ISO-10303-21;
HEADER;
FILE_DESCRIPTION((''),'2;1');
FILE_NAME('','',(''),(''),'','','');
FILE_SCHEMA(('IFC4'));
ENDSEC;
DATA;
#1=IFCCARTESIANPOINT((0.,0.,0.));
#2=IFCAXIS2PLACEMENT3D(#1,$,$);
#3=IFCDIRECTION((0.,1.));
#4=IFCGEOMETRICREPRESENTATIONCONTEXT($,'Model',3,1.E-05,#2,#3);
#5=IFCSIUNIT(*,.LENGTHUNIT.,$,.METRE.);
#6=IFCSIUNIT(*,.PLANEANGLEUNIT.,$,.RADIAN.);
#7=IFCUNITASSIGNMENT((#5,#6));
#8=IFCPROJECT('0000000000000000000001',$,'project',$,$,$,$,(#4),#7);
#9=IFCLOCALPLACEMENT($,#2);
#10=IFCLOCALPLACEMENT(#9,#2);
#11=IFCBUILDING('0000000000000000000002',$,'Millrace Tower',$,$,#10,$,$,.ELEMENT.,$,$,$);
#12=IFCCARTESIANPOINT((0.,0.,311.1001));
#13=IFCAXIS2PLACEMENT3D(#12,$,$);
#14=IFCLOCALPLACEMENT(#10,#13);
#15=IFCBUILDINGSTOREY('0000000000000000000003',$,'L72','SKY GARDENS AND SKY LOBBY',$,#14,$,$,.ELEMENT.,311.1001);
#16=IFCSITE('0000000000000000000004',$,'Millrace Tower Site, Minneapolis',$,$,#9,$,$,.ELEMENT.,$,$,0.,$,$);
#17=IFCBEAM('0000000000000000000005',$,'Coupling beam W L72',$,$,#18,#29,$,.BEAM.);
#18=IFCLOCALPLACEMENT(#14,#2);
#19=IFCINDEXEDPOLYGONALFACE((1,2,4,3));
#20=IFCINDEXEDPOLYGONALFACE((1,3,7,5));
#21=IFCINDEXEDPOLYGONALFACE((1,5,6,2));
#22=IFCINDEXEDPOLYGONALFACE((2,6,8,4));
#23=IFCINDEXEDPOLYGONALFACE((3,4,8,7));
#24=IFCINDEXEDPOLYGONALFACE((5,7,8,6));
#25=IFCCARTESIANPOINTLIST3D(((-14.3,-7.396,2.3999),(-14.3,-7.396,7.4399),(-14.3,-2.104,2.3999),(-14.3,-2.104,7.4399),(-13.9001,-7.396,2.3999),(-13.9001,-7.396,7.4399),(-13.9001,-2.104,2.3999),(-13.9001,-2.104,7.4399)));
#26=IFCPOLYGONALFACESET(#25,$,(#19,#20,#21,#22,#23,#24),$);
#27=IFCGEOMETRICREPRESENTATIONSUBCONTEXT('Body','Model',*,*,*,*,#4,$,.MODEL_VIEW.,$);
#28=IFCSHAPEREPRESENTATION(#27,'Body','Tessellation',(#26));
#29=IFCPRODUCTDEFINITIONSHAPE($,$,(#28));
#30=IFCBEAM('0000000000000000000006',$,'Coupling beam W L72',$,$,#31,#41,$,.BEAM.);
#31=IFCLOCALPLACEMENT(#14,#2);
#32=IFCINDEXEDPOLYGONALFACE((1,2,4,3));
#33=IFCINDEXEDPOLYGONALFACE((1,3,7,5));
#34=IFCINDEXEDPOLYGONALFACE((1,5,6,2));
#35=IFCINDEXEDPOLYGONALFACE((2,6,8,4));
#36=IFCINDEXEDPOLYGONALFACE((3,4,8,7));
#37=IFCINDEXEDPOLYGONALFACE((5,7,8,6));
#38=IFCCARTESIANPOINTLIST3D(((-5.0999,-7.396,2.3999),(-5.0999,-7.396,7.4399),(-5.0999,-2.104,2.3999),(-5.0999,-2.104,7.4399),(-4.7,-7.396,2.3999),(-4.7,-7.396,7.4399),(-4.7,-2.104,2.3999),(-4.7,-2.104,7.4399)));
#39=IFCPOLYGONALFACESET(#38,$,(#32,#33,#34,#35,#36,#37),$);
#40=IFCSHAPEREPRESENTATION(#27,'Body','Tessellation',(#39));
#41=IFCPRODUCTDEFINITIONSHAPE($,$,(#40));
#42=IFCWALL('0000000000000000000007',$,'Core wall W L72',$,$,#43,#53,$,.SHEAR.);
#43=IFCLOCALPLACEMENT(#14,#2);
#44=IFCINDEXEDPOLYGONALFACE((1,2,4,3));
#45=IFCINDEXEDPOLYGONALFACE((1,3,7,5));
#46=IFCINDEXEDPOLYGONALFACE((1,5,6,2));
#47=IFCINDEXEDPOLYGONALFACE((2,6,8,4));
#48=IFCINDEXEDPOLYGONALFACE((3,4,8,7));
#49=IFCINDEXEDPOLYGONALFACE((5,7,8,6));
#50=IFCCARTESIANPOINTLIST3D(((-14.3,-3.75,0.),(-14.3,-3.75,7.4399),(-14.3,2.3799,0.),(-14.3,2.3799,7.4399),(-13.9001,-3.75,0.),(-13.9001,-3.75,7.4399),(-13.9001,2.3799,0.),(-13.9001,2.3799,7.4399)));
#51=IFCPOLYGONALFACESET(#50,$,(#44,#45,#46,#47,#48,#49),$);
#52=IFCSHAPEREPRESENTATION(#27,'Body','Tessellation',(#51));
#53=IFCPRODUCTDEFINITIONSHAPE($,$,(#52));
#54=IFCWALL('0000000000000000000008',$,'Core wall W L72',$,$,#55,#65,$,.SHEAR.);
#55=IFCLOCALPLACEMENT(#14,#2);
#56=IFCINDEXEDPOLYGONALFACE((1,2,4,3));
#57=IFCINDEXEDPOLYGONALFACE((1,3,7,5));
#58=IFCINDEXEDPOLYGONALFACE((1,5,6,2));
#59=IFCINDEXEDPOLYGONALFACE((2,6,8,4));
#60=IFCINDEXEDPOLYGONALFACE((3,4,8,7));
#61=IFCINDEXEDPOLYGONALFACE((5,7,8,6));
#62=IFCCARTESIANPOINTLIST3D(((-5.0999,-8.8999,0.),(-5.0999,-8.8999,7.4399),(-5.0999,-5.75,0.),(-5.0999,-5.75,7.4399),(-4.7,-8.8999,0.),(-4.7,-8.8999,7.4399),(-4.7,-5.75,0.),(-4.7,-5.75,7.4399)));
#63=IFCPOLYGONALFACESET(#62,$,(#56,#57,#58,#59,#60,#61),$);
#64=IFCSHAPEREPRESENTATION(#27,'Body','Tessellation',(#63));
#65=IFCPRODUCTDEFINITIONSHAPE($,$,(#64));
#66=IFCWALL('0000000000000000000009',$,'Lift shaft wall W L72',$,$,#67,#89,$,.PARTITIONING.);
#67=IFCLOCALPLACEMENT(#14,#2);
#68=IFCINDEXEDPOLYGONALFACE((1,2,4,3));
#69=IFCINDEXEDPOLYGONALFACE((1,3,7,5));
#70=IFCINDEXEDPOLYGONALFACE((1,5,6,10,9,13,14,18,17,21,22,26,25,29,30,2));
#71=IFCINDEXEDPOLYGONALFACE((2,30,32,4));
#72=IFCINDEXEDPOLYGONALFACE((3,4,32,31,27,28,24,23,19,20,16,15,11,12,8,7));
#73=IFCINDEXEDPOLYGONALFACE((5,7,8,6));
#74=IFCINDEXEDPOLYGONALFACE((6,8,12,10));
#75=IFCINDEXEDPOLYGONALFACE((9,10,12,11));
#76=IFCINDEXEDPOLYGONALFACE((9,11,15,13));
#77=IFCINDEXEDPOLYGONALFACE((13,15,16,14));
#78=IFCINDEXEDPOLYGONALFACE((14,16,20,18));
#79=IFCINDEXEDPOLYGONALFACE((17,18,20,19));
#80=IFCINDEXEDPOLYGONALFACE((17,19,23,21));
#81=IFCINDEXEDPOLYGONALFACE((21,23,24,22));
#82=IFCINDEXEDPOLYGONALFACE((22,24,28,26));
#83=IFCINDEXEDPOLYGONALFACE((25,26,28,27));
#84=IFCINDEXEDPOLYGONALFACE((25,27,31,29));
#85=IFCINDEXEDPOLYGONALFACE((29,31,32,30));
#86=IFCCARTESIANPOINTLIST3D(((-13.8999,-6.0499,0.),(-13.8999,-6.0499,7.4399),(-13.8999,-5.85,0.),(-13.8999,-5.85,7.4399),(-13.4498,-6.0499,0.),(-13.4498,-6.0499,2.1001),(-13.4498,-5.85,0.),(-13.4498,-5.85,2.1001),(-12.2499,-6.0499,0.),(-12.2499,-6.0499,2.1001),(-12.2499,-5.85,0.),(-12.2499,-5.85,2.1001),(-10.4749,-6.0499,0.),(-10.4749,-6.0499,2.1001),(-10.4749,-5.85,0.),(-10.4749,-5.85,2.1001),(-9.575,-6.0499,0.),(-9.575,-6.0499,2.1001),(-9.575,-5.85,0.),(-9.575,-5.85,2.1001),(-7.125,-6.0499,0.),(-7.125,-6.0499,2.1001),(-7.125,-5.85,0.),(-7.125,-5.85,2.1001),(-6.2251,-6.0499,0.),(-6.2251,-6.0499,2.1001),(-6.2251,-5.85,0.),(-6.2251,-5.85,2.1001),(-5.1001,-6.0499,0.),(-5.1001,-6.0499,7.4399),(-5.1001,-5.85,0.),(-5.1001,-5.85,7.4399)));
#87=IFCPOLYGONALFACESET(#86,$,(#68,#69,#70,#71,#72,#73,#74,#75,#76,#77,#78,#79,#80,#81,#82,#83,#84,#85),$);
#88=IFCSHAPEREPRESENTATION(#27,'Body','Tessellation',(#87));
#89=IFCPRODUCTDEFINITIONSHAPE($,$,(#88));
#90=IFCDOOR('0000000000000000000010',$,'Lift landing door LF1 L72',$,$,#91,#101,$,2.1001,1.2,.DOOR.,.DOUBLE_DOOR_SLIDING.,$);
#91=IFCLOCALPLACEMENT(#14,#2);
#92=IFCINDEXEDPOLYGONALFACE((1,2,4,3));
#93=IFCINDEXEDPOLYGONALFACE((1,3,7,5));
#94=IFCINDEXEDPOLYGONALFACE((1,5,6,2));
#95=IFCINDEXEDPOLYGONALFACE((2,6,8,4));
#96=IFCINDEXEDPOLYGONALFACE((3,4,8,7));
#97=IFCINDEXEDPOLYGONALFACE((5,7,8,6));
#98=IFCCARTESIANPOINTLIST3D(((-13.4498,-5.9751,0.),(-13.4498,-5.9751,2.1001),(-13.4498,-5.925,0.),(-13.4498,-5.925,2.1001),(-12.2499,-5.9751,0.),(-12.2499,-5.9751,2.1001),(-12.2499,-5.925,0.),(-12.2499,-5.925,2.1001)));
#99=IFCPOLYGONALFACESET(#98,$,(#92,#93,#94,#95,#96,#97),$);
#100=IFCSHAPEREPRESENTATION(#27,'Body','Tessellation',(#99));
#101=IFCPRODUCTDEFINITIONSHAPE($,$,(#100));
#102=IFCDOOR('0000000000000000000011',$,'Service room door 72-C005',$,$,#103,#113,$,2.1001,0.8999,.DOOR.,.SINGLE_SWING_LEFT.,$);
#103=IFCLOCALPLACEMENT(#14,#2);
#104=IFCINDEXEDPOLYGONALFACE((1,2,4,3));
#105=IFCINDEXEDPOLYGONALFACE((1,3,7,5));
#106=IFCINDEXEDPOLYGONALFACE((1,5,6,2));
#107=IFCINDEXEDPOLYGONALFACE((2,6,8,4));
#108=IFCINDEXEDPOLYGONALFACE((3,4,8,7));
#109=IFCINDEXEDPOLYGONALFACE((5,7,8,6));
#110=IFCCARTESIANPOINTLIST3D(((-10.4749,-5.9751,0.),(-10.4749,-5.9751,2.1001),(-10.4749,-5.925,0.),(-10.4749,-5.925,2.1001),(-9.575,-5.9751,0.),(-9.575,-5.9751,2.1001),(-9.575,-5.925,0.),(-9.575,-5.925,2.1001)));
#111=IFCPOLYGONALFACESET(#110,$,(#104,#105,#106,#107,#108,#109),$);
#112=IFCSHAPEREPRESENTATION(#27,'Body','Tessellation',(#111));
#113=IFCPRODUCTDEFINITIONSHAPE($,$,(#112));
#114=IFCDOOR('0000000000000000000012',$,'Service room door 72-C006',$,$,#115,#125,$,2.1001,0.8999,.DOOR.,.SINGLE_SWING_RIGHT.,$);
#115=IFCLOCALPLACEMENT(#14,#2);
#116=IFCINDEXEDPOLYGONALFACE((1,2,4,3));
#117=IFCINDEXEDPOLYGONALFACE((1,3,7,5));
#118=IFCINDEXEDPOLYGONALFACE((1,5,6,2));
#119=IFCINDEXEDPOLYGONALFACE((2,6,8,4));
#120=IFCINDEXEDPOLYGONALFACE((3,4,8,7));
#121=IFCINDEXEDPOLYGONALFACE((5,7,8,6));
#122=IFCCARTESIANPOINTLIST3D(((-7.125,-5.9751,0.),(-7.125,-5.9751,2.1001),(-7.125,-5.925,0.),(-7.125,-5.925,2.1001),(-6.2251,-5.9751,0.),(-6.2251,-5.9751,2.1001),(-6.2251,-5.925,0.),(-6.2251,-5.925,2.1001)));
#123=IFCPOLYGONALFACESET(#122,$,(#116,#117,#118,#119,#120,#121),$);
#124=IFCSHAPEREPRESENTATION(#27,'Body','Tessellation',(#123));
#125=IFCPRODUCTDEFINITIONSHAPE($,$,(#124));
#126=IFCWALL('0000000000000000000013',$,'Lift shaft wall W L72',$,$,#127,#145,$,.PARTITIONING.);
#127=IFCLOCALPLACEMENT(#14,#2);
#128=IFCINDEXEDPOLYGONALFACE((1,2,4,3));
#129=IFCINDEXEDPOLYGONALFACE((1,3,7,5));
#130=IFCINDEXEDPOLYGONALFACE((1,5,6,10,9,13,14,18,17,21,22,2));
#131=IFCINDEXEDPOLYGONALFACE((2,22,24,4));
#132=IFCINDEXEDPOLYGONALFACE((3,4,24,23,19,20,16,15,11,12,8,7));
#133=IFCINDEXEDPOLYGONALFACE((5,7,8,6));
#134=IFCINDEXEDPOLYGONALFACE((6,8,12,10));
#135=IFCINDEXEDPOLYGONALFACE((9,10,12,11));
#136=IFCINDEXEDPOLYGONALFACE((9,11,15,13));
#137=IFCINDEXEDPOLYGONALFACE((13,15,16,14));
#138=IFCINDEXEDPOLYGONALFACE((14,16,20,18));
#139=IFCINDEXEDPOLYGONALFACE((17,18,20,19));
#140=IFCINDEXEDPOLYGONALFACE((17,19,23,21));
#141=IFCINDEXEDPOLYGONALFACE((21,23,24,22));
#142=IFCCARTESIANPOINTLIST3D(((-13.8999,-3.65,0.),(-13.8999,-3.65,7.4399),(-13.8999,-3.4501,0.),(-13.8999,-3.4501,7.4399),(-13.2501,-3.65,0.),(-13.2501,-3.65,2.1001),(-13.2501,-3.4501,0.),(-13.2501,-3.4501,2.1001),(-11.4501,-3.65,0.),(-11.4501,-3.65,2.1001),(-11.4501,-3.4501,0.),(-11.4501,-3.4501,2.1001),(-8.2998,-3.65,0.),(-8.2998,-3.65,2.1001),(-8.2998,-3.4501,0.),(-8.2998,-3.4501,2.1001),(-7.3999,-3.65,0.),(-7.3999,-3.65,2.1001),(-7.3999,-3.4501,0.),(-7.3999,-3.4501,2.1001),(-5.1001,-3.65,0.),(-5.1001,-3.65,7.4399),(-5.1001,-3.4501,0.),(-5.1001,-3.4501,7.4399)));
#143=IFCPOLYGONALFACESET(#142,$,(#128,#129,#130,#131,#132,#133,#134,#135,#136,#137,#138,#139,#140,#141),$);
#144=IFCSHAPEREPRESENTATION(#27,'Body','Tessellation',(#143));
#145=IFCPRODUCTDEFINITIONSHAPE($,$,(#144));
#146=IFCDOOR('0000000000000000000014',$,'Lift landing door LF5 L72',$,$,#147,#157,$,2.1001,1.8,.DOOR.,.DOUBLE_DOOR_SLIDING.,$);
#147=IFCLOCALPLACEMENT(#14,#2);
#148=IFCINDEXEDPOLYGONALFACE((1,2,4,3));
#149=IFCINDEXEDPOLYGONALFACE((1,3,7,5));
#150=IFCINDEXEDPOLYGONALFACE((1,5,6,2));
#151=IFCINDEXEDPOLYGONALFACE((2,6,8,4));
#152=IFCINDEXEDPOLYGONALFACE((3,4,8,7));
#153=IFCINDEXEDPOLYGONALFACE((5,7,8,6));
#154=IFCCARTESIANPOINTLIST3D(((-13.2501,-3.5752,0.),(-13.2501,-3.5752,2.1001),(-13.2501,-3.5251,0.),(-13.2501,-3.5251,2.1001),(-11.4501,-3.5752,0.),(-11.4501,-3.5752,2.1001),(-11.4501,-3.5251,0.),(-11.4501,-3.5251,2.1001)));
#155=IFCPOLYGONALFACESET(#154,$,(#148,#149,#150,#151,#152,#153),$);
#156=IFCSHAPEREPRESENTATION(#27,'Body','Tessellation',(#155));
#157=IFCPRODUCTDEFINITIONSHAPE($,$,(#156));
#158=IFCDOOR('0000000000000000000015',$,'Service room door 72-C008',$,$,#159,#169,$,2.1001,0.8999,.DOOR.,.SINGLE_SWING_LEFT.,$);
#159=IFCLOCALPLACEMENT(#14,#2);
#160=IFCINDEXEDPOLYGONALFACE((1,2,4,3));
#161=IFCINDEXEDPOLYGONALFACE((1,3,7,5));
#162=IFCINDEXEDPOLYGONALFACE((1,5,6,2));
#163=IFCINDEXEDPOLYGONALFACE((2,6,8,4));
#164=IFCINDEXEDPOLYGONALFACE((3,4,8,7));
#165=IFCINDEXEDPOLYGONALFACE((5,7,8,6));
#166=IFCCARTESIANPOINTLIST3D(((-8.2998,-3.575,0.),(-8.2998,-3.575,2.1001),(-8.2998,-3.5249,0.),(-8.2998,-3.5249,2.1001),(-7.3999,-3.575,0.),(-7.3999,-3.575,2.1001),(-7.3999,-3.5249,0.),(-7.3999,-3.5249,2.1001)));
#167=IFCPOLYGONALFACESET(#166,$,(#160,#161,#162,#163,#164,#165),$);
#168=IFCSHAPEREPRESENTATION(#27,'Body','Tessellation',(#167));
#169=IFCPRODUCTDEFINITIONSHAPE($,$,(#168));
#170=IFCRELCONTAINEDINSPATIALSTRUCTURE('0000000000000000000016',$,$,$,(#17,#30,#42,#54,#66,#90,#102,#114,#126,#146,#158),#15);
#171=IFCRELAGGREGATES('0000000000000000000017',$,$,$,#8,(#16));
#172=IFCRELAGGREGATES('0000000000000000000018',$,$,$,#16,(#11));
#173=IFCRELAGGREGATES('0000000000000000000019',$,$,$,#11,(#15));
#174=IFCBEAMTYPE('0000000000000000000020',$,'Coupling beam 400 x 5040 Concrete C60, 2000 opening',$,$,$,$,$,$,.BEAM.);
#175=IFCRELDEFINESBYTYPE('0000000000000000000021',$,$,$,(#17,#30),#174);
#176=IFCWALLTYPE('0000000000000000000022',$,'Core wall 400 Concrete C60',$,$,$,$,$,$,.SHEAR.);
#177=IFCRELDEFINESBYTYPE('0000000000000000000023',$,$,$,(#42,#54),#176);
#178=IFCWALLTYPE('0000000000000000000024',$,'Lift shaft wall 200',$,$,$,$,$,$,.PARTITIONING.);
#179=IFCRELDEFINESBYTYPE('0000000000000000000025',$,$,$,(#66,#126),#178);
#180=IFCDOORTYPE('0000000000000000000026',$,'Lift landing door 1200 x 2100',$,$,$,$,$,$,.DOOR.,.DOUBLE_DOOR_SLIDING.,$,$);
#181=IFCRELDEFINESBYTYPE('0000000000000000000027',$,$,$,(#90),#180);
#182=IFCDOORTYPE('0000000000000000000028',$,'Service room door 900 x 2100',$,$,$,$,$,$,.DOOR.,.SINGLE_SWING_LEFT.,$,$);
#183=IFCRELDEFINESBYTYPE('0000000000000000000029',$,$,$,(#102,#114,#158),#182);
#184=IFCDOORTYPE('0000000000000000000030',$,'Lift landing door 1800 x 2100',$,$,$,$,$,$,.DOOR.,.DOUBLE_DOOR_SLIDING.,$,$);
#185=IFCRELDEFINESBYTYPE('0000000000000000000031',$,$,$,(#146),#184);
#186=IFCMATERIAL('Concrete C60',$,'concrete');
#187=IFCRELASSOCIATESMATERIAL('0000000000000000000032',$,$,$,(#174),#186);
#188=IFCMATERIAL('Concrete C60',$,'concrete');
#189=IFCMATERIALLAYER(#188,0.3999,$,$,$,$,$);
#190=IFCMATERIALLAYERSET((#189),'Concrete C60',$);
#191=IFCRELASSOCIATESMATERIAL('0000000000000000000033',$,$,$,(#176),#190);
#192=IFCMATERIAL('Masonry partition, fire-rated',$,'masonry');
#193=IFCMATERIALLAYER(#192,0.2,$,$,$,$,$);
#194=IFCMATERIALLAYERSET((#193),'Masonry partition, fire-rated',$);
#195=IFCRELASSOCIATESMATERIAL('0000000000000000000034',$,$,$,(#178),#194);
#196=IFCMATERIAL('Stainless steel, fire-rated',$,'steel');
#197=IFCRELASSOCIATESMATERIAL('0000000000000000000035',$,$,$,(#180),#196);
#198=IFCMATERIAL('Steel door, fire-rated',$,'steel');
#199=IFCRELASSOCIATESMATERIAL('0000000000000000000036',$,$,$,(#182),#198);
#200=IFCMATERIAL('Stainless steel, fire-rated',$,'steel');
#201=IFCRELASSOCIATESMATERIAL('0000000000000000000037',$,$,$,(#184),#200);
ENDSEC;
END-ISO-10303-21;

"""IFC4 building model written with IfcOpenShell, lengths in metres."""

from ifc_helpers import new_model, si_unit, direction, frame, frame_2d, origin, origin_2d, place, context, subcontext, project, spatial, rectangle, extrude, material, layer, layer_set, material_profile, profile_set, type_object, element, fill, save


model = new_model("IFC4")

# Units and contexts
model_context = context("Model", 3, precision=1e-05, world=origin(), true_north=direction((0.0, 1.0)))
body_context = subcontext(model_context, "Body", "Model", "MODEL_VIEW")
ifc_project = project(units=[si_unit("LENGTHUNIT", "METRE"), si_unit("PLANEANGLEUNIT", "RADIAN")], contexts=[model_context])

# Site, building, storey
site_placement = place(None, origin())
site = spatial("IfcSite", under=ifc_project, at=site_placement, Name="Millrace Tower Site, Minneapolis", CompositionType="ELEMENT", RefElevation=0.0)
building_placement = place(site_placement, origin())
building = spatial("IfcBuilding", under=site, at=building_placement, Name="Millrace Tower", CompositionType="ELEMENT")
storey_placement = place(building_placement, frame((0.0, 0.0, 311.1001)))
storey = spatial("IfcBuildingStorey", under=building, at=storey_placement, Name="L72", Description="SKY GARDENS AND SKY LOBBY", CompositionType="ELEMENT", Elevation=311.1001)

# Beams
ifc_material_1 = material(Name="Concrete C60", Category="concrete")
ifc_material_profile = material_profile(ifc_material_1, rectangle(XDim=0.3999, YDim=5.04, at=origin_2d()))
ifc_profile_set = profile_set([ifc_material_profile], Name="Concrete C60")
beam_type = type_object("IfcBeamType", Name="Coupling beam 400 x 5040 Concrete C60, 2000 opening", PredefinedType="BEAM", material=ifc_profile_set)
for number, where, z_axis, x_axis, name in (
    (1, (-14.1001, -7.396, 4.9199), (0.0, 1.0, 0.0), (-1.0, 0.0, 0.0), "Coupling beam W L72"),
    (2, (-4.8999, -7.396, 4.9199), (0.0, 1.0, 0.0), (-1.0, 0.0, 0.0), "Coupling beam W L72"),
):
    element("IfcBeam", number, at=place(storey_placement, frame(where, z_axis=z_axis, x_axis=x_axis)), inside=storey, type_object=beam_type, Name=name, PredefinedType="BEAM", context=body_context, shape_type="SweptSolid", body=[
        extrude(rectangle(XDim=0.3999, YDim=5.04, at=origin_2d()), origin(), (0.0, 0.0, 1.0), 5.292),
    ])

# Walls
ifc_material_2 = material(Name="Concrete C60", Category="concrete")
ifc_layer_1 = layer(ifc_material_2, 0.3999)
ifc_layer_set_1 = layer_set([ifc_layer_1], Name="Concrete C60")
wall_type_1 = type_object("IfcWallType", Name="Core wall 400 Concrete C60", PredefinedType="SHEAR", material=ifc_layer_set_1)
wall_1_placement = place(storey_placement, frame((-14.1001, -3.75, 0.0), z_axis=(0.0, 0.0, 1.0), x_axis=(0.0, 1.0, 0.0)))
element("IfcWall", 3, at=wall_1_placement, inside=storey, type_object=wall_type_1, Name="Core wall W L72", PredefinedType="SHEAR", context=body_context, shape_type="SweptSolid", body=[
    extrude(rectangle(XDim=6.1299, YDim=0.3999, at=frame_2d((3.0649, 0.0))), origin(), (0.0, 0.0, 1.0), 7.4399),
])
wall_2_placement = place(storey_placement, frame((-4.8999, -8.8999, 0.0), z_axis=(0.0, 0.0, 1.0), x_axis=(0.0, 1.0, 0.0)))
element("IfcWall", 4, at=wall_2_placement, inside=storey, type_object=wall_type_1, Name="Core wall W L72", PredefinedType="SHEAR", context=body_context, shape_type="SweptSolid", body=[
    extrude(rectangle(XDim=3.1499, YDim=0.3999, at=frame_2d((1.575, 0.0))), origin(), (0.0, 0.0, 1.0), 7.4399),
])

# Walls, openings, doors
ifc_material_3 = material(Name="Masonry partition, fire-rated", Category="masonry")
ifc_layer_2 = layer(ifc_material_3, 0.2)
ifc_layer_set_2 = layer_set([ifc_layer_2], Name="Masonry partition, fire-rated")
wall_type_2 = type_object("IfcWallType", Name="Lift shaft wall 200", PredefinedType="PARTITIONING", material=ifc_layer_set_2)
wall_3_placement = place(storey_placement, frame((-13.8999, -5.95, 0.0), z_axis=(0.0, 0.0, 1.0), x_axis=(1.0, 0.0, 0.0)))
wall_3 = element("IfcWall", 5, at=wall_3_placement, inside=storey, type_object=wall_type_2, Name="Lift shaft wall W L72", PredefinedType="PARTITIONING", context=body_context, shape_type="SweptSolid", body=[
    extrude(rectangle(XDim=8.7998, YDim=0.2, at=frame_2d((4.3999, 0.0))), origin(), (0.0, 0.0, 1.0), 7.4399),
])
opening_1_placement = place(wall_3_placement, frame((0.45, 0.0, 0.0)))
opening_1 = element("IfcOpeningElement", 6, at=opening_1_placement, cuts=wall_3, PredefinedType="OPENING", context=body_context, shape_type="SweptSolid", body=[
    extrude(rectangle(XDim=1.2, YDim=2.1001, at=frame_2d((0.6001, 1.05))), frame((0.0, 0.1099, 0.0), z_axis=(0.0, -1.0, 0.0), x_axis=(1.0, 0.0, 0.0)), (0.0, 0.0, 1.0), 0.22),
])
opening_2_placement = place(wall_3_placement, frame((3.425, 0.0, 0.0)))
opening_2 = element("IfcOpeningElement", 7, at=opening_2_placement, cuts=wall_3, PredefinedType="OPENING", context=body_context, shape_type="SweptSolid", body=[
    extrude(rectangle(XDim=0.8999, YDim=2.1001, at=frame_2d((0.45, 1.05))), frame((0.0, 0.1099, 0.0), z_axis=(0.0, -1.0, 0.0), x_axis=(1.0, 0.0, 0.0)), (0.0, 0.0, 1.0), 0.22),
])
opening_3_placement = place(wall_3_placement, frame((6.7749, 0.0, 0.0)))
opening_3 = element("IfcOpeningElement", 8, at=opening_3_placement, cuts=wall_3, PredefinedType="OPENING", context=body_context, shape_type="SweptSolid", body=[
    extrude(rectangle(XDim=0.8999, YDim=2.1001, at=frame_2d((0.45, 1.05))), frame((0.0, 0.1099, 0.0), z_axis=(0.0, -1.0, 0.0), x_axis=(1.0, 0.0, 0.0)), (0.0, 0.0, 1.0), 0.22),
])
ifc_material_4 = material(Name="Stainless steel, fire-rated", Category="steel")
door_type_1 = type_object("IfcDoorType", Name="Lift landing door 1200 x 2100", OperationType="DOUBLE_DOOR_SLIDING", PredefinedType="DOOR", material=ifc_material_4)
door_1_placement = place(opening_1_placement, origin())
door_1 = element("IfcDoor", 9, at=door_1_placement, inside=storey, type_object=door_type_1, Name="Lift landing door LF1 L72", OperationType="DOUBLE_DOOR_SLIDING", OverallHeight=2.1001, OverallWidth=1.2, PredefinedType="DOOR", context=body_context, shape_type="SweptSolid", body=[
    extrude(rectangle(XDim=1.2, YDim=2.1001, at=frame_2d((0.6001, 1.05))), frame((0.0, 0.0249, 0.0), z_axis=(0.0, -1.0, 0.0), x_axis=(1.0, 0.0, 0.0)), (0.0, 0.0, 1.0), 0.05),
])
fill(opening_1, door_1)
ifc_material_5 = material(Name="Steel door, fire-rated", Category="steel")
door_type_2 = type_object("IfcDoorType", Name="Service room door 900 x 2100", OperationType="SINGLE_SWING_LEFT", PredefinedType="DOOR", material=ifc_material_5)
door_2_placement = place(opening_2_placement, origin())
door_2 = element("IfcDoor", 10, at=door_2_placement, inside=storey, type_object=door_type_2, Name="Service room door 72-C005", OperationType="SINGLE_SWING_LEFT", OverallHeight=2.1001, OverallWidth=0.8999, PredefinedType="DOOR", context=body_context, shape_type="SweptSolid", body=[
    extrude(rectangle(XDim=0.8999, YDim=2.1001, at=frame_2d((0.45, 1.05))), frame((0.0, 0.0249, 0.0), z_axis=(0.0, -1.0, 0.0), x_axis=(1.0, 0.0, 0.0)), (0.0, 0.0, 1.0), 0.05),
])
fill(opening_2, door_2)
door_3_placement = place(opening_3_placement, origin())
door_3 = element("IfcDoor", 11, at=door_3_placement, inside=storey, type_object=door_type_2, Name="Service room door 72-C006", OperationType="SINGLE_SWING_RIGHT", OverallHeight=2.1001, OverallWidth=0.8999, PredefinedType="DOOR", context=body_context, shape_type="SweptSolid", body=[
    extrude(rectangle(XDim=0.8999, YDim=2.1001, at=frame_2d((0.45, 1.05))), frame((0.0, 0.0249, 0.0), z_axis=(0.0, -1.0, 0.0), x_axis=(1.0, 0.0, 0.0)), (0.0, 0.0, 1.0), 0.05),
])
fill(opening_3, door_3)
wall_4_placement = place(storey_placement, frame((-13.8999, -3.55, 0.0), z_axis=(0.0, 0.0, 1.0), x_axis=(1.0, 0.0, 0.0)))
wall_4 = element("IfcWall", 12, at=wall_4_placement, inside=storey, type_object=wall_type_2, Name="Lift shaft wall W L72", PredefinedType="PARTITIONING", context=body_context, shape_type="SweptSolid", body=[
    extrude(rectangle(XDim=8.7998, YDim=0.2, at=frame_2d((4.3999, 0.0))), origin(), (0.0, 0.0, 1.0), 7.4399),
])
opening_4_placement = place(wall_4_placement, frame((0.6499, 0.0, 0.0)))
opening_4 = element("IfcOpeningElement", 13, at=opening_4_placement, cuts=wall_4, PredefinedType="OPENING", context=body_context, shape_type="SweptSolid", body=[
    extrude(rectangle(XDim=1.8, YDim=2.1001, at=frame_2d((0.8999, 1.05))), frame((0.0, 0.1099, 0.0), z_axis=(0.0, -1.0, 0.0), x_axis=(1.0, 0.0, 0.0)), (0.0, 0.0, 1.0), 0.22),
])
opening_5_placement = place(wall_4_placement, frame((5.6001, 0.0, 0.0)))
opening_5 = element("IfcOpeningElement", 14, at=opening_5_placement, cuts=wall_4, PredefinedType="OPENING", context=body_context, shape_type="SweptSolid", body=[
    extrude(rectangle(XDim=0.8999, YDim=2.1001, at=frame_2d((0.45, 1.05))), frame((0.0, 0.1099, 0.0), z_axis=(0.0, -1.0, 0.0), x_axis=(1.0, 0.0, 0.0)), (0.0, 0.0, 1.0), 0.22),
])
ifc_material_6 = material(Name="Stainless steel, fire-rated", Category="steel")
door_type_3 = type_object("IfcDoorType", Name="Lift landing door 1800 x 2100", OperationType="DOUBLE_DOOR_SLIDING", PredefinedType="DOOR", material=ifc_material_6)
door_4_placement = place(opening_4_placement, origin())
door_4 = element("IfcDoor", 15, at=door_4_placement, inside=storey, type_object=door_type_3, Name="Lift landing door LF5 L72", OperationType="DOUBLE_DOOR_SLIDING", OverallHeight=2.1001, OverallWidth=1.8, PredefinedType="DOOR", context=body_context, shape_type="SweptSolid", body=[
    extrude(rectangle(XDim=1.8, YDim=2.1001, at=frame_2d((0.8999, 1.05))), frame((0.0, 0.0249, 0.0), z_axis=(0.0, -1.0, 0.0), x_axis=(1.0, 0.0, 0.0)), (0.0, 0.0, 1.0), 0.05),
])
fill(opening_4, door_4)
door_5_placement = place(opening_5_placement, frame((0.8999, 0.0, 0.0), z_axis=(0.0, 0.0, 1.0), x_axis=(-1.0, 0.0, 0.0)))
door_5 = element("IfcDoor", 16, at=door_5_placement, inside=storey, type_object=door_type_2, Name="Service room door 72-C008", OperationType="SINGLE_SWING_LEFT", OverallHeight=2.1001, OverallWidth=0.8999, PredefinedType="DOOR", context=body_context, shape_type="SweptSolid", body=[
    extrude(rectangle(XDim=0.8999, YDim=2.1001, at=frame_2d((0.45, 1.05))), frame((0.0, 0.0249, 0.0), z_axis=(0.0, -1.0, 0.0), x_axis=(1.0, 0.0, 0.0)), (0.0, 0.0, 1.0), 0.05),
])
fill(opening_5, door_5)

save(model, "model.ifc")
